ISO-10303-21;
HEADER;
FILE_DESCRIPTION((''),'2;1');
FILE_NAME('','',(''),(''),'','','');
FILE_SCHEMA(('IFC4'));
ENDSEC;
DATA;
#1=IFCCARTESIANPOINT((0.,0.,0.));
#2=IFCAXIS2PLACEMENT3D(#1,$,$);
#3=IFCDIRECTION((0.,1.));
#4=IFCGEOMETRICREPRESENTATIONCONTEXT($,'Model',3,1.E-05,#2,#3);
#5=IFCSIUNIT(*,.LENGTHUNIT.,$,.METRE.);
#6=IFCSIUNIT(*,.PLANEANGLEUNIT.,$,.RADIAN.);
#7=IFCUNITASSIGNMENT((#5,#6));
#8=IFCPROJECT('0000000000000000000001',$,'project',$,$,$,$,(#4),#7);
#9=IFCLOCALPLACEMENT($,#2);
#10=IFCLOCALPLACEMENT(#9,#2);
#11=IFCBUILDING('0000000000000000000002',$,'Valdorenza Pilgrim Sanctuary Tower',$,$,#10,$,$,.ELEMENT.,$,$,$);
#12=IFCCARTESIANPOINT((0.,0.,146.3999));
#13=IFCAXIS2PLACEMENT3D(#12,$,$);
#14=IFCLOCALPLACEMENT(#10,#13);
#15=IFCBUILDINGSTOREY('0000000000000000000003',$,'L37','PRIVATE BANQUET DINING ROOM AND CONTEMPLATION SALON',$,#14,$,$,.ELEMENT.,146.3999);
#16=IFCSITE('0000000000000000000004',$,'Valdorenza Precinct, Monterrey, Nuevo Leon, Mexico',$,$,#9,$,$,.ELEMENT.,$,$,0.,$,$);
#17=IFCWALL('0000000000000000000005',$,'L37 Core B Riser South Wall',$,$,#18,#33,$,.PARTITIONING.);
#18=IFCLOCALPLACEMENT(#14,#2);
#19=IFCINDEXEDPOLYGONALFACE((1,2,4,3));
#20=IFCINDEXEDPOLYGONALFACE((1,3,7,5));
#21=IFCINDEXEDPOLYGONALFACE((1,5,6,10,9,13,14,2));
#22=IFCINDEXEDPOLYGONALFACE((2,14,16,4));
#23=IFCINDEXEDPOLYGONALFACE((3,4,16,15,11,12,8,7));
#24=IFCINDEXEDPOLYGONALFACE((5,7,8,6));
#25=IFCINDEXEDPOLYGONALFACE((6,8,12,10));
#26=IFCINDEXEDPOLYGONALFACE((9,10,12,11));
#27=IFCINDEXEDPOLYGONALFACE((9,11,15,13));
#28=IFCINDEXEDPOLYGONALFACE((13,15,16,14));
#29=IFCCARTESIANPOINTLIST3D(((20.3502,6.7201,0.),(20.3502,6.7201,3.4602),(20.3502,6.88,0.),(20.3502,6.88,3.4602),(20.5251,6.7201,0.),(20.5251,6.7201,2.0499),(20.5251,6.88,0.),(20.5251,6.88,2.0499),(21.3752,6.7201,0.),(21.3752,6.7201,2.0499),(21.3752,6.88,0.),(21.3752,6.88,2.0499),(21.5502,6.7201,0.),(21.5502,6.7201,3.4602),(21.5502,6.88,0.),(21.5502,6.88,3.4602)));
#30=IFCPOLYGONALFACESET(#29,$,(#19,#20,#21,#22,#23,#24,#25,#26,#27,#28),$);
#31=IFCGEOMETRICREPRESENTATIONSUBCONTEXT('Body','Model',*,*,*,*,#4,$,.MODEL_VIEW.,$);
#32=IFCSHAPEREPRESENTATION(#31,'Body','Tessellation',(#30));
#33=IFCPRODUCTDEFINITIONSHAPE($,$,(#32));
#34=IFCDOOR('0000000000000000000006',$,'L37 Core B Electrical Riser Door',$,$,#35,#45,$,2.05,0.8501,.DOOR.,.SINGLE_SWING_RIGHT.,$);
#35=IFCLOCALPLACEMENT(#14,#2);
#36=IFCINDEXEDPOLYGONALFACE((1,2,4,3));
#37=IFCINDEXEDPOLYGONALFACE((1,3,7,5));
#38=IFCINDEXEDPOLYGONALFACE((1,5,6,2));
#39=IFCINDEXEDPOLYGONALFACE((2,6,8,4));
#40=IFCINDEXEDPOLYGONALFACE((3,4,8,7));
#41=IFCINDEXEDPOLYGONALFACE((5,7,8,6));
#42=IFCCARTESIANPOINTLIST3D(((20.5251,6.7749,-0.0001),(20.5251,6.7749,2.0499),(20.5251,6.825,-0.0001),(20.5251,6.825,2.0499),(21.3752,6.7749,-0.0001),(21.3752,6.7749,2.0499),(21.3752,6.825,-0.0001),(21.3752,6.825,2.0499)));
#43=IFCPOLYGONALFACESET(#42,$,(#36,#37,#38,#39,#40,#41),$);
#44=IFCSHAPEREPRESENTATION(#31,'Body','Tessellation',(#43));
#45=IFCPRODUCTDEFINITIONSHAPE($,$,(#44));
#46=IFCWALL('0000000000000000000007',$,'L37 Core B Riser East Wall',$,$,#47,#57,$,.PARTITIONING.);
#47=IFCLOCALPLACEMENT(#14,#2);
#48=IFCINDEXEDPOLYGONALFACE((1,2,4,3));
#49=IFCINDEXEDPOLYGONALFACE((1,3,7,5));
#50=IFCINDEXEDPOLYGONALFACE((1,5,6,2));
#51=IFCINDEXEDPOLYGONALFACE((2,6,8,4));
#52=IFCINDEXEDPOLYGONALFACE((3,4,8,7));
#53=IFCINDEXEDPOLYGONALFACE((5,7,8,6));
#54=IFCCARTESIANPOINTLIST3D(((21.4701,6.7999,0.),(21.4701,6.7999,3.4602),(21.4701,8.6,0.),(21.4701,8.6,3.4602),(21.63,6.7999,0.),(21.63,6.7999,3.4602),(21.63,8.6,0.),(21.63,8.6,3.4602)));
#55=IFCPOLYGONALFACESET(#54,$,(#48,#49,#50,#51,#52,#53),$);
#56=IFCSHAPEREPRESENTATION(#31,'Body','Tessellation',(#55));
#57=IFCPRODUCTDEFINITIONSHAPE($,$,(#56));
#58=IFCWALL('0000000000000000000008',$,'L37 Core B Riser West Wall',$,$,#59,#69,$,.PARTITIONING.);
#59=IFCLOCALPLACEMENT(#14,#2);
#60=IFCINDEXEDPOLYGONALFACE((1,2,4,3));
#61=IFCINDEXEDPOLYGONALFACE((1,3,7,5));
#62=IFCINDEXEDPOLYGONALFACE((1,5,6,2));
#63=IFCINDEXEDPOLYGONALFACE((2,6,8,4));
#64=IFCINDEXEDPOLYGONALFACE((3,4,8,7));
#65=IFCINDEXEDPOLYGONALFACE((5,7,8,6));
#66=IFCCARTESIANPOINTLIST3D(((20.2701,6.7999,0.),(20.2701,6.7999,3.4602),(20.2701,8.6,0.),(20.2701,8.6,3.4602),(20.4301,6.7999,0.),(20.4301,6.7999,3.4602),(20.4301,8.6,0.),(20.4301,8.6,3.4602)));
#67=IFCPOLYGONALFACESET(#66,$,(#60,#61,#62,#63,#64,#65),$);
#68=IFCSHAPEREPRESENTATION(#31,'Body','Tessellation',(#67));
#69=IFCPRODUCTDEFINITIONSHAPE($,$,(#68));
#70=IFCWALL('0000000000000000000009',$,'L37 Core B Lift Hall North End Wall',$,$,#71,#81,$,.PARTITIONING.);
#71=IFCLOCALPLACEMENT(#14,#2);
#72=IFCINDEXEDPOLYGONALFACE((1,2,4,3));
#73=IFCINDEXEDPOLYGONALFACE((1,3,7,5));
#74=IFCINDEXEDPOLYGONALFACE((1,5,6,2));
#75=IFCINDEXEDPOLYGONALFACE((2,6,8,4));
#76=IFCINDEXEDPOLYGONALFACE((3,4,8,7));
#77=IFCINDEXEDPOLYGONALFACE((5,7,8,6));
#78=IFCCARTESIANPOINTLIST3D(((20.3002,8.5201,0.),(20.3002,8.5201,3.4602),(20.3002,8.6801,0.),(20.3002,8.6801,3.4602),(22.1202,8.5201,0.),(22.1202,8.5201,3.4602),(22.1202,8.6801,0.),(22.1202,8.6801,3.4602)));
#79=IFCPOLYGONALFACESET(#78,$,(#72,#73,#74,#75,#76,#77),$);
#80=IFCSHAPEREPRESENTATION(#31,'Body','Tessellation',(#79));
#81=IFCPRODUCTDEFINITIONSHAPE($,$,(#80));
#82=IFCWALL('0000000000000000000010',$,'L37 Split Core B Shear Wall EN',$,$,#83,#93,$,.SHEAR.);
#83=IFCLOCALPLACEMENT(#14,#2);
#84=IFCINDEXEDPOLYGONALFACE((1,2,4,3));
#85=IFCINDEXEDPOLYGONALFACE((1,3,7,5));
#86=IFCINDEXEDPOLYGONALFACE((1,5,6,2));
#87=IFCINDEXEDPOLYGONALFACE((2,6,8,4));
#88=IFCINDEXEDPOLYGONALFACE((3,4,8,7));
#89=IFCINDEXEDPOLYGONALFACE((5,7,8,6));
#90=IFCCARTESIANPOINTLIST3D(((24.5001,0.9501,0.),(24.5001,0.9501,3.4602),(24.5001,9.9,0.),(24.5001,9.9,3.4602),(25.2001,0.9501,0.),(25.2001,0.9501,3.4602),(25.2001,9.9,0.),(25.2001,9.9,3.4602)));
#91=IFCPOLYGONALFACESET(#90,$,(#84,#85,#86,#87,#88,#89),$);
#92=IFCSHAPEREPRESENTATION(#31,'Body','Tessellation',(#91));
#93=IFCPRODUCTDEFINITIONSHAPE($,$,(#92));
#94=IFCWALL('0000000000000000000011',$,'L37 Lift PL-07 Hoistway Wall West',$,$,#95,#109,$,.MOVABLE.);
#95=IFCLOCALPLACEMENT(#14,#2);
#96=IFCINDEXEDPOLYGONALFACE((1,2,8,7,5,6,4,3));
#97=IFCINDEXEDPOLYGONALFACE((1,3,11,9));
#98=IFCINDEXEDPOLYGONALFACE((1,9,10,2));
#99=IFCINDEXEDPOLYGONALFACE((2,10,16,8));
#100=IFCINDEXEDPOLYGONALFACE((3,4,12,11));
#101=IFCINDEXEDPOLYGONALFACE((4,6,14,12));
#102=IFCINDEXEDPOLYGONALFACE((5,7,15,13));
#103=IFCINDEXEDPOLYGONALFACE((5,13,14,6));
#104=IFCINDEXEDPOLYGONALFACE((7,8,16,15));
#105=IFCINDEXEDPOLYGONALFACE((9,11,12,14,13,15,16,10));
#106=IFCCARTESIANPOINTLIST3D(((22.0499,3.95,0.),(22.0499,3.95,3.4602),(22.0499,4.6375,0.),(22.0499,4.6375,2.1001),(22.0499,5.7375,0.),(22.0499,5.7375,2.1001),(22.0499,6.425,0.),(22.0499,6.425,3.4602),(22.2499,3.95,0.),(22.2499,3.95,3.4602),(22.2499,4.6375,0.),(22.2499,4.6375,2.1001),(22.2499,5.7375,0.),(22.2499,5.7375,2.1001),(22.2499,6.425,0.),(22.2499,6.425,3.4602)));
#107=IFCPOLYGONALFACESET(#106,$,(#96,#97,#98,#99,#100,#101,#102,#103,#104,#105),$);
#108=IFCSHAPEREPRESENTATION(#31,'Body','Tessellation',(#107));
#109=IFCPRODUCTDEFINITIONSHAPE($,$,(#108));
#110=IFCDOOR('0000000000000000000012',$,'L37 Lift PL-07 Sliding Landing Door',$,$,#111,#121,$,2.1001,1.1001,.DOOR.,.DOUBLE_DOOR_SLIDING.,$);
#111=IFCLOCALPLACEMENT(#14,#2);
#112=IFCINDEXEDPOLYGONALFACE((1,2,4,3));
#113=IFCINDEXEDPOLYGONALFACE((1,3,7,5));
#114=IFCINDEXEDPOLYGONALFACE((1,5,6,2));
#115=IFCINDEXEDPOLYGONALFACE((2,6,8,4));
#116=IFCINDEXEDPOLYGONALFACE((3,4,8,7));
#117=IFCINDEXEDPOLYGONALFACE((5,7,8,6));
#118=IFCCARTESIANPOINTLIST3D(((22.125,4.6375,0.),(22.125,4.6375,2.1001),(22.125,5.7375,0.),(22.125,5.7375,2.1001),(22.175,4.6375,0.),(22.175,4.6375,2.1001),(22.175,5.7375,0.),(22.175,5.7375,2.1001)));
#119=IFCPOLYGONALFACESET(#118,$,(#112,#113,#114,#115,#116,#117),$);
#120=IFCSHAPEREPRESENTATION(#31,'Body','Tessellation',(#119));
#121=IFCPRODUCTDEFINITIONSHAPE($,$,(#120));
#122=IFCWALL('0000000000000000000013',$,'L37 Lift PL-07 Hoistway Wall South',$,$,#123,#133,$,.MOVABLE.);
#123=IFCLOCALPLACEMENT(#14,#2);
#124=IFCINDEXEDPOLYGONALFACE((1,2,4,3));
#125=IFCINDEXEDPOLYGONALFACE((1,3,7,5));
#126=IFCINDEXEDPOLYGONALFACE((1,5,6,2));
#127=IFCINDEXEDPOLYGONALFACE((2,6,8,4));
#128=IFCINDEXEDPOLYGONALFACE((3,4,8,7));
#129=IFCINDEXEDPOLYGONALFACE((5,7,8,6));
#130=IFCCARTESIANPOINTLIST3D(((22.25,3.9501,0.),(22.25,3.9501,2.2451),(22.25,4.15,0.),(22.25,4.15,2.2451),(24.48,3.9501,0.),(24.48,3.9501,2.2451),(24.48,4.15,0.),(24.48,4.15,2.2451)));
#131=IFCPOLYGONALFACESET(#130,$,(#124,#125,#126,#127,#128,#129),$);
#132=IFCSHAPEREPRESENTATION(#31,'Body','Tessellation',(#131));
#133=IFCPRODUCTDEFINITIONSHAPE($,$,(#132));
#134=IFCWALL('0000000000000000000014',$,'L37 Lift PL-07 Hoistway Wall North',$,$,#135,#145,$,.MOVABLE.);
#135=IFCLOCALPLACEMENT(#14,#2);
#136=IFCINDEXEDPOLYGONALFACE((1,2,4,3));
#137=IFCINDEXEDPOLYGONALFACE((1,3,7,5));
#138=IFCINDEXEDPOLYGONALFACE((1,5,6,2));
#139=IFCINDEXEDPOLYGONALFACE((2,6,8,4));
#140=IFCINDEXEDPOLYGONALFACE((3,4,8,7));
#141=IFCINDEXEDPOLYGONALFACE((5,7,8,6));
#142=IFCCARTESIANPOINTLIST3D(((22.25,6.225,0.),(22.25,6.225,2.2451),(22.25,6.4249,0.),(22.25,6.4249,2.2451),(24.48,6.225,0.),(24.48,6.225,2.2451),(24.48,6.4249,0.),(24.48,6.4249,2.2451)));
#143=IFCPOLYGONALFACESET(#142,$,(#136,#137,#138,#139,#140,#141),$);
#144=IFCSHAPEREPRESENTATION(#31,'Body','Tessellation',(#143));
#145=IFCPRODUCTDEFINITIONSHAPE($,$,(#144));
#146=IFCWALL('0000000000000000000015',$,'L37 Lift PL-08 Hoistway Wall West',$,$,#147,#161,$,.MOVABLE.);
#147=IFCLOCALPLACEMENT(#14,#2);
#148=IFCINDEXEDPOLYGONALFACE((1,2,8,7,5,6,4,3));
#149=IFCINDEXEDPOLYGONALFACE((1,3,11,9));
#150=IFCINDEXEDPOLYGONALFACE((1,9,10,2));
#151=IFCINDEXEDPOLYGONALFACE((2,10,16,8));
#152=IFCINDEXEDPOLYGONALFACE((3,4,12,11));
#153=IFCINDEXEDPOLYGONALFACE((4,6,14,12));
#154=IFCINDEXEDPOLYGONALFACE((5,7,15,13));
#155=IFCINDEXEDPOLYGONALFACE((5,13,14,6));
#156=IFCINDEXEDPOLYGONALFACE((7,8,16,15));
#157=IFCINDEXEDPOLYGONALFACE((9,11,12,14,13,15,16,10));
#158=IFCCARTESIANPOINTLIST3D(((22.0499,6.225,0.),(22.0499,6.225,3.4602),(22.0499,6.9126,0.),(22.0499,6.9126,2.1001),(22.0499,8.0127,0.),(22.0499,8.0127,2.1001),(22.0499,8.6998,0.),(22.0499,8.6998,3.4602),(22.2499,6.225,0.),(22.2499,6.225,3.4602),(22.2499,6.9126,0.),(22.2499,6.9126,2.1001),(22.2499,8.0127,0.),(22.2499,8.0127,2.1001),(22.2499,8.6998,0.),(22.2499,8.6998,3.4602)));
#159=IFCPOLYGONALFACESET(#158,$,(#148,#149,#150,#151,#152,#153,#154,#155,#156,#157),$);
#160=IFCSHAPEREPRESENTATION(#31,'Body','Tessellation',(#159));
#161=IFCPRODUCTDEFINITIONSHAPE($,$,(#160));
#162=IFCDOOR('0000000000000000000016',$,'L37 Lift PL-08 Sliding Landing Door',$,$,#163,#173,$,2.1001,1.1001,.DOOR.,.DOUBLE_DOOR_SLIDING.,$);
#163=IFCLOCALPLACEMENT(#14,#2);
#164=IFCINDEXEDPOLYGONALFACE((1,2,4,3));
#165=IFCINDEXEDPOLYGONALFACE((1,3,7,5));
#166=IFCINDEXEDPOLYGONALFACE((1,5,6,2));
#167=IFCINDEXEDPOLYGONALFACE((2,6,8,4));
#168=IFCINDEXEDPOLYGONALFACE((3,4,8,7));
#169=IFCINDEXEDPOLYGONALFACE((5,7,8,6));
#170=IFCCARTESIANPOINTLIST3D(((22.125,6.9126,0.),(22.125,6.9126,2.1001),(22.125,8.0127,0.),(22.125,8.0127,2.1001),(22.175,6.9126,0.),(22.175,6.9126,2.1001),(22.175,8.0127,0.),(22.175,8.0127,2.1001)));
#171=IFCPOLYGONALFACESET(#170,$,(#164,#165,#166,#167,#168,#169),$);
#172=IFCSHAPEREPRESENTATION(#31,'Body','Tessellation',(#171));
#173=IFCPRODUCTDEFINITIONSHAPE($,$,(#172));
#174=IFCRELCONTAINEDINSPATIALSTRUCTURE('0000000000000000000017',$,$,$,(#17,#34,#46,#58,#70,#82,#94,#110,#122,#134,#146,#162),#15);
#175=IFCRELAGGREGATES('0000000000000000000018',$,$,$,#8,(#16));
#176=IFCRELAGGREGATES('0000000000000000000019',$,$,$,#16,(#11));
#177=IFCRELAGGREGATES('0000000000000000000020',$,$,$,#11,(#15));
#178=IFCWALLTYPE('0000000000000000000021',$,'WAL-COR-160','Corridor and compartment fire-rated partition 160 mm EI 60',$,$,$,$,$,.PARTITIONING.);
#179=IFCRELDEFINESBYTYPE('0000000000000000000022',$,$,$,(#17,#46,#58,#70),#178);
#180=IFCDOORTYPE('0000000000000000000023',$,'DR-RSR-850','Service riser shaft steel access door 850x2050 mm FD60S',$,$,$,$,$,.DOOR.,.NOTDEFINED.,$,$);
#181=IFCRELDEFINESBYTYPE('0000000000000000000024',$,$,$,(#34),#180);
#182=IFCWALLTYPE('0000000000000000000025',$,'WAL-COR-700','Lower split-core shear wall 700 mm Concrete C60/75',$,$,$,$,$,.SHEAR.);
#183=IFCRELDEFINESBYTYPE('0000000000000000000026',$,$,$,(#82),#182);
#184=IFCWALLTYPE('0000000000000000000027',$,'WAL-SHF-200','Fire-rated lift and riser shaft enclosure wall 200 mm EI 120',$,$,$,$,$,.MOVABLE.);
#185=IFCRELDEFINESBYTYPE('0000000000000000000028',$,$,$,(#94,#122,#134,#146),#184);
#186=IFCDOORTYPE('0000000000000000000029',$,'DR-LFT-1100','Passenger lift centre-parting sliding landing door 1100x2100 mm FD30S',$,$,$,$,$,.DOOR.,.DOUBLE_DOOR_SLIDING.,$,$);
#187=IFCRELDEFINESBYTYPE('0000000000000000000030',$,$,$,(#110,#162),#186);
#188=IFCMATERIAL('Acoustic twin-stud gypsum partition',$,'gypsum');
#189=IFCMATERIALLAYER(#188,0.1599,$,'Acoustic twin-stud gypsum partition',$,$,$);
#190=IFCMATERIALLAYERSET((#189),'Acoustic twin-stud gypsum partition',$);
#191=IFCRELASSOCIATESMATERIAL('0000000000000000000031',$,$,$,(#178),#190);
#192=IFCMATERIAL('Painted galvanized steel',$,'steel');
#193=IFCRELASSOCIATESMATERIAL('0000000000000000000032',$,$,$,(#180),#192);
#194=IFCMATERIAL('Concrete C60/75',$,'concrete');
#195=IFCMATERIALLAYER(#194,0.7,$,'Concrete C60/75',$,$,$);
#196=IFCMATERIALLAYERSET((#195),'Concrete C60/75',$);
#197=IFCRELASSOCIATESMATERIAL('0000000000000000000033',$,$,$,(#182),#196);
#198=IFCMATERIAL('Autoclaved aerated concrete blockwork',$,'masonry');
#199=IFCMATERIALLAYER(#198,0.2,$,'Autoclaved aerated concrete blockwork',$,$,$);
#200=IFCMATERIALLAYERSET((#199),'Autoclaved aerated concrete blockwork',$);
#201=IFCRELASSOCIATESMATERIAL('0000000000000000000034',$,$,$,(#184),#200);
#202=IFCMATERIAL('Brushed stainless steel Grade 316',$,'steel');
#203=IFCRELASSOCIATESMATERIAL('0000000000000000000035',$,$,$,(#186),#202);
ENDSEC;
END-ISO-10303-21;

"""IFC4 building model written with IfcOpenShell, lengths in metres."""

from ifc_helpers import new_model, si_unit, direction, frame, frame_2d, origin, place, context, subcontext, project, spatial, rectangle, extrude, material, layer, layer_set, type_object, element, fill, save


model = new_model("IFC4")

# Units and contexts
model_context = context("Model", 3, precision=1e-05, world=origin(), true_north=direction((0.0, 1.0)))
body_context = subcontext(model_context, "Body", "Model", "MODEL_VIEW")
ifc_project = project(units=[si_unit("LENGTHUNIT", "METRE"), si_unit("PLANEANGLEUNIT", "RADIAN")], contexts=[model_context])

# Site, building, storey
site_placement = place(None, origin())
site = spatial("IfcSite", under=ifc_project, at=site_placement, Name="Valdorenza Precinct, Monterrey, Nuevo Leon, Mexico", CompositionType="ELEMENT", RefElevation=0.0)
building_placement = place(site_placement, origin())
building = spatial("IfcBuilding", under=site, at=building_placement, Name="Valdorenza Pilgrim Sanctuary Tower", CompositionType="ELEMENT")
storey_placement = place(building_placement, frame((0.0, 0.0, 146.3999)))
storey = spatial("IfcBuildingStorey", under=building, at=storey_placement, Name="L37", Description="PRIVATE BANQUET DINING ROOM AND CONTEMPLATION SALON", CompositionType="ELEMENT", Elevation=146.3999)

# Wall, opening, door
ifc_material_1 = material(Name="Acoustic twin-stud gypsum partition", Category="gypsum")
ifc_layer_1 = layer(ifc_material_1, 0.1599, Name="Acoustic twin-stud gypsum partition")
ifc_layer_set_1 = layer_set([ifc_layer_1], Name="Acoustic twin-stud gypsum partition")
wall_type_1 = type_object("IfcWallType", Name="WAL-COR-160", Description="Corridor and compartment fire-rated partition 160 mm EI 60", PredefinedType="PARTITIONING", material=ifc_layer_set_1)
wall_1_placement = place(storey_placement, frame((20.3501, 6.8, 0.0), z_axis=(0.0, 0.0, 1.0), x_axis=(1.0, 0.0, 0.0)))
wall_1 = element("IfcWall", 1, at=wall_1_placement, inside=storey, type_object=wall_type_1, Name="L37 Core B Riser South Wall", PredefinedType="PARTITIONING", context=body_context, shape_type="SweptSolid", body=[
    extrude(rectangle(XDim=1.2, YDim=0.1599, at=frame_2d((0.6001, 0.0))), origin(), (0.0, 0.0, 1.0), 3.4602),
])
opening_1_placement = place(wall_1_placement, frame((0.175, 0.0, 0.0)))
opening_1 = element("IfcOpeningElement", 2, at=opening_1_placement, cuts=wall_1, PredefinedType="OPENING", context=body_context, shape_type="SweptSolid", body=[
    extrude(rectangle(XDim=0.8501, YDim=2.05, at=frame_2d((0.425, 1.0249))), frame((0.0, 0.0947, 0.0), z_axis=(0.0, -1.0, 0.0), x_axis=(1.0, 0.0, 0.0)), (0.0, 0.0, 1.0), 0.1897),
])
ifc_material_2 = material(Name="Painted galvanized steel", Category="steel")
door_type_1 = type_object("IfcDoorType", Name="DR-RSR-850", Description="Service riser shaft steel access door 850x2050 mm FD60S", OperationType="NOTDEFINED", PredefinedType="DOOR", material=ifc_material_2)
door_1_placement = place(opening_1_placement, origin())
door_1 = element("IfcDoor", 3, at=door_1_placement, inside=storey, type_object=door_type_1, Name="L37 Core B Electrical Riser Door", OperationType="SINGLE_SWING_RIGHT", OverallHeight=2.05, OverallWidth=0.8501, PredefinedType="DOOR", context=body_context, shape_type="SweptSolid", body=[
    extrude(rectangle(XDim=0.8501, YDim=2.05, at=frame_2d((0.425, 1.0249))), frame((0.0, 0.0249, 0.0), z_axis=(0.0, -1.0, 0.0), x_axis=(1.0, 0.0, 0.0)), (0.0, 0.0, 1.0), 0.05),
])
fill(opening_1, door_1)

# Walls
for number, where, z_axis, x_axis, name in (
    (4, (21.55, 6.8, 0.0), (0.0, 0.0, 1.0), (0.0, 1.0, 0.0), "L37 Core B Riser East Wall"),
    (5, (20.3501, 6.8, 0.0), (0.0, 0.0, 1.0), (0.0, 1.0, 0.0), "L37 Core B Riser West Wall"),
):
    element("IfcWall", number, at=place(storey_placement, frame(where, z_axis=z_axis, x_axis=x_axis)), inside=storey, type_object=wall_type_1, Name=name, PredefinedType="PARTITIONING", context=body_context, shape_type="SweptSolid", body=[
        extrude(rectangle(XDim=1.8, YDim=0.1599, at=frame_2d((0.8999, 0.0))), origin(), (0.0, 0.0, 1.0), 3.4602),
    ])
wall_2_placement = place(storey_placement, frame((20.3, 8.6001, 0.0), z_axis=(0.0, 0.0, 1.0), x_axis=(1.0, 0.0, 0.0)))
element("IfcWall", 6, at=wall_2_placement, inside=storey, type_object=wall_type_1, Name="L37 Core B Lift Hall North End Wall", PredefinedType="PARTITIONING", context=body_context, shape_type="SweptSolid", body=[
    extrude(rectangle(XDim=1.8201, YDim=0.1599, at=frame_2d((0.9102, 0.0))), origin(), (0.0, 0.0, 1.0), 3.4602),
])
ifc_material_3 = material(Name="Concrete C60/75", Category="concrete")
ifc_layer_2 = layer(ifc_material_3, 0.7, Name="Concrete C60/75")
ifc_layer_set_2 = layer_set([ifc_layer_2], Name="Concrete C60/75")
wall_type_2 = type_object("IfcWallType", Name="WAL-COR-700", Description="Lower split-core shear wall 700 mm Concrete C60/75", PredefinedType="SHEAR", material=ifc_layer_set_2)
wall_3_placement = place(storey_placement, frame((24.8501, 0.95, 0.0), z_axis=(0.0, 0.0, 1.0), x_axis=(0.0, 1.0, 0.0)))
element("IfcWall", 7, at=wall_3_placement, inside=storey, type_object=wall_type_2, Name="L37 Split Core B Shear Wall EN", PredefinedType="SHEAR", context=body_context, shape_type="SweptSolid", body=[
    extrude(rectangle(XDim=8.95, YDim=0.7, at=frame_2d((4.4751, 0.0))), origin(), (0.0, 0.0, 1.0), 3.4602),
])

# Wall, opening, door
ifc_material_4 = material(Name="Autoclaved aerated concrete blockwork", Category="masonry")
ifc_layer_3 = layer(ifc_material_4, 0.2, Name="Autoclaved aerated concrete blockwork")
ifc_layer_set_3 = layer_set([ifc_layer_3], Name="Autoclaved aerated concrete blockwork")
wall_type_3 = type_object("IfcWallType", Name="WAL-SHF-200", Description="Fire-rated lift and riser shaft enclosure wall 200 mm EI 120", PredefinedType="MOVABLE", material=ifc_layer_set_3)
wall_4_placement = place(storey_placement, frame((22.1499, 3.95, 0.0), z_axis=(0.0, 0.0, 1.0), x_axis=(0.0, 1.0, 0.0)))
wall_4 = element("IfcWall", 8, at=wall_4_placement, inside=storey, type_object=wall_type_3, Name="L37 Lift PL-07 Hoistway Wall West", PredefinedType="MOVABLE", context=body_context, shape_type="SweptSolid", body=[
    extrude(rectangle(XDim=2.4751, YDim=0.2, at=frame_2d((1.2375, 0.0))), origin(), (0.0, 0.0, 1.0), 3.4602),
])
opening_2_placement = place(wall_4_placement, frame((0.6875, 0.0, 0.0)))
opening_2 = element("IfcOpeningElement", 9, at=opening_2_placement, cuts=wall_4, PredefinedType="OPENING", context=body_context, shape_type="SweptSolid", body=[
    extrude(rectangle(XDim=1.1001, YDim=2.1001, at=frame_2d((0.55, 1.05))), frame((0.0, 0.1147, 0.0), z_axis=(0.0, -1.0, 0.0), x_axis=(1.0, 0.0, 0.0)), (0.0, 0.0, 1.0), 0.2297),
])
ifc_material_5 = material(Name="Brushed stainless steel Grade 316", Category="steel")
door_type_2 = type_object("IfcDoorType", Name="DR-LFT-1100", Description="Passenger lift centre-parting sliding landing door 1100x2100 mm FD30S", OperationType="DOUBLE_DOOR_SLIDING", PredefinedType="DOOR", material=ifc_material_5)
door_2_placement = place(opening_2_placement, origin())
door_2 = element("IfcDoor", 10, at=door_2_placement, inside=storey, type_object=door_type_2, Name="L37 Lift PL-07 Sliding Landing Door", OperationType="DOUBLE_DOOR_SLIDING", OverallHeight=2.1001, OverallWidth=1.1001, PredefinedType="DOOR", context=body_context, shape_type="SweptSolid", body=[
    extrude(rectangle(XDim=1.1001, YDim=2.1001, at=frame_2d((0.55, 1.05))), frame((0.0, 0.0249, 0.0), z_axis=(0.0, -1.0, 0.0), x_axis=(1.0, 0.0, 0.0)), (0.0, 0.0, 1.0), 0.05),
])
fill(opening_2, door_2)

# Walls
for number, where, z_axis, x_axis, name in (
    (11, (22.25, 4.05, 0.0), (0.0, 0.0, 1.0), (1.0, 0.0, 0.0), "L37 Lift PL-07 Hoistway Wall South"),
    (12, (22.25, 6.325, 0.0), (0.0, 0.0, 1.0), (1.0, 0.0, 0.0), "L37 Lift PL-07 Hoistway Wall North"),
):
    element("IfcWall", number, at=place(storey_placement, frame(where, z_axis=z_axis, x_axis=x_axis)), inside=storey, type_object=wall_type_3, Name=name, PredefinedType="MOVABLE", context=body_context, shape_type="SweptSolid", body=[
        extrude(rectangle(XDim=2.23, YDim=0.2, at=frame_2d((1.115, 0.0))), origin(), (0.0, 0.0, 1.0), 2.2451),
    ])

# Wall, opening, door
wall_5_placement = place(storey_placement, frame((22.1499, 6.2251, 0.0), z_axis=(0.0, 0.0, 1.0), x_axis=(0.0, 1.0, 0.0)))
wall_5 = element("IfcWall", 13, at=wall_5_placement, inside=storey, type_object=wall_type_3, Name="L37 Lift PL-08 Hoistway Wall West", PredefinedType="MOVABLE", context=body_context, shape_type="SweptSolid", body=[
    extrude(rectangle(XDim=2.4749, YDim=0.2, at=frame_2d((1.2373, 0.0))), origin(), (0.0, 0.0, 1.0), 3.4602),
])
opening_3_placement = place(wall_5_placement, frame((0.6875, 0.0, 0.0)))
opening_3 = element("IfcOpeningElement", 14, at=opening_3_placement, cuts=wall_5, PredefinedType="OPENING", context=body_context, shape_type="SweptSolid", body=[
    extrude(rectangle(XDim=1.1001, YDim=2.1001, at=frame_2d((0.55, 1.05))), frame((0.0, 0.1147, 0.0), z_axis=(0.0, -1.0, 0.0), x_axis=(1.0, 0.0, 0.0)), (0.0, 0.0, 1.0), 0.2297),
])
door_3_placement = place(opening_3_placement, origin())
door_3 = element("IfcDoor", 15, at=door_3_placement, inside=storey, type_object=door_type_2, Name="L37 Lift PL-08 Sliding Landing Door", OperationType="DOUBLE_DOOR_SLIDING", OverallHeight=2.1001, OverallWidth=1.1001, PredefinedType="DOOR", context=body_context, shape_type="SweptSolid", body=[
    extrude(rectangle(XDim=1.1001, YDim=2.1001, at=frame_2d((0.55, 1.05))), frame((0.0, 0.0249, 0.0), z_axis=(0.0, -1.0, 0.0), x_axis=(1.0, 0.0, 0.0)), (0.0, 0.0, 1.0), 0.05),
])
fill(opening_3, door_3)

save(model, "model.ifc")
